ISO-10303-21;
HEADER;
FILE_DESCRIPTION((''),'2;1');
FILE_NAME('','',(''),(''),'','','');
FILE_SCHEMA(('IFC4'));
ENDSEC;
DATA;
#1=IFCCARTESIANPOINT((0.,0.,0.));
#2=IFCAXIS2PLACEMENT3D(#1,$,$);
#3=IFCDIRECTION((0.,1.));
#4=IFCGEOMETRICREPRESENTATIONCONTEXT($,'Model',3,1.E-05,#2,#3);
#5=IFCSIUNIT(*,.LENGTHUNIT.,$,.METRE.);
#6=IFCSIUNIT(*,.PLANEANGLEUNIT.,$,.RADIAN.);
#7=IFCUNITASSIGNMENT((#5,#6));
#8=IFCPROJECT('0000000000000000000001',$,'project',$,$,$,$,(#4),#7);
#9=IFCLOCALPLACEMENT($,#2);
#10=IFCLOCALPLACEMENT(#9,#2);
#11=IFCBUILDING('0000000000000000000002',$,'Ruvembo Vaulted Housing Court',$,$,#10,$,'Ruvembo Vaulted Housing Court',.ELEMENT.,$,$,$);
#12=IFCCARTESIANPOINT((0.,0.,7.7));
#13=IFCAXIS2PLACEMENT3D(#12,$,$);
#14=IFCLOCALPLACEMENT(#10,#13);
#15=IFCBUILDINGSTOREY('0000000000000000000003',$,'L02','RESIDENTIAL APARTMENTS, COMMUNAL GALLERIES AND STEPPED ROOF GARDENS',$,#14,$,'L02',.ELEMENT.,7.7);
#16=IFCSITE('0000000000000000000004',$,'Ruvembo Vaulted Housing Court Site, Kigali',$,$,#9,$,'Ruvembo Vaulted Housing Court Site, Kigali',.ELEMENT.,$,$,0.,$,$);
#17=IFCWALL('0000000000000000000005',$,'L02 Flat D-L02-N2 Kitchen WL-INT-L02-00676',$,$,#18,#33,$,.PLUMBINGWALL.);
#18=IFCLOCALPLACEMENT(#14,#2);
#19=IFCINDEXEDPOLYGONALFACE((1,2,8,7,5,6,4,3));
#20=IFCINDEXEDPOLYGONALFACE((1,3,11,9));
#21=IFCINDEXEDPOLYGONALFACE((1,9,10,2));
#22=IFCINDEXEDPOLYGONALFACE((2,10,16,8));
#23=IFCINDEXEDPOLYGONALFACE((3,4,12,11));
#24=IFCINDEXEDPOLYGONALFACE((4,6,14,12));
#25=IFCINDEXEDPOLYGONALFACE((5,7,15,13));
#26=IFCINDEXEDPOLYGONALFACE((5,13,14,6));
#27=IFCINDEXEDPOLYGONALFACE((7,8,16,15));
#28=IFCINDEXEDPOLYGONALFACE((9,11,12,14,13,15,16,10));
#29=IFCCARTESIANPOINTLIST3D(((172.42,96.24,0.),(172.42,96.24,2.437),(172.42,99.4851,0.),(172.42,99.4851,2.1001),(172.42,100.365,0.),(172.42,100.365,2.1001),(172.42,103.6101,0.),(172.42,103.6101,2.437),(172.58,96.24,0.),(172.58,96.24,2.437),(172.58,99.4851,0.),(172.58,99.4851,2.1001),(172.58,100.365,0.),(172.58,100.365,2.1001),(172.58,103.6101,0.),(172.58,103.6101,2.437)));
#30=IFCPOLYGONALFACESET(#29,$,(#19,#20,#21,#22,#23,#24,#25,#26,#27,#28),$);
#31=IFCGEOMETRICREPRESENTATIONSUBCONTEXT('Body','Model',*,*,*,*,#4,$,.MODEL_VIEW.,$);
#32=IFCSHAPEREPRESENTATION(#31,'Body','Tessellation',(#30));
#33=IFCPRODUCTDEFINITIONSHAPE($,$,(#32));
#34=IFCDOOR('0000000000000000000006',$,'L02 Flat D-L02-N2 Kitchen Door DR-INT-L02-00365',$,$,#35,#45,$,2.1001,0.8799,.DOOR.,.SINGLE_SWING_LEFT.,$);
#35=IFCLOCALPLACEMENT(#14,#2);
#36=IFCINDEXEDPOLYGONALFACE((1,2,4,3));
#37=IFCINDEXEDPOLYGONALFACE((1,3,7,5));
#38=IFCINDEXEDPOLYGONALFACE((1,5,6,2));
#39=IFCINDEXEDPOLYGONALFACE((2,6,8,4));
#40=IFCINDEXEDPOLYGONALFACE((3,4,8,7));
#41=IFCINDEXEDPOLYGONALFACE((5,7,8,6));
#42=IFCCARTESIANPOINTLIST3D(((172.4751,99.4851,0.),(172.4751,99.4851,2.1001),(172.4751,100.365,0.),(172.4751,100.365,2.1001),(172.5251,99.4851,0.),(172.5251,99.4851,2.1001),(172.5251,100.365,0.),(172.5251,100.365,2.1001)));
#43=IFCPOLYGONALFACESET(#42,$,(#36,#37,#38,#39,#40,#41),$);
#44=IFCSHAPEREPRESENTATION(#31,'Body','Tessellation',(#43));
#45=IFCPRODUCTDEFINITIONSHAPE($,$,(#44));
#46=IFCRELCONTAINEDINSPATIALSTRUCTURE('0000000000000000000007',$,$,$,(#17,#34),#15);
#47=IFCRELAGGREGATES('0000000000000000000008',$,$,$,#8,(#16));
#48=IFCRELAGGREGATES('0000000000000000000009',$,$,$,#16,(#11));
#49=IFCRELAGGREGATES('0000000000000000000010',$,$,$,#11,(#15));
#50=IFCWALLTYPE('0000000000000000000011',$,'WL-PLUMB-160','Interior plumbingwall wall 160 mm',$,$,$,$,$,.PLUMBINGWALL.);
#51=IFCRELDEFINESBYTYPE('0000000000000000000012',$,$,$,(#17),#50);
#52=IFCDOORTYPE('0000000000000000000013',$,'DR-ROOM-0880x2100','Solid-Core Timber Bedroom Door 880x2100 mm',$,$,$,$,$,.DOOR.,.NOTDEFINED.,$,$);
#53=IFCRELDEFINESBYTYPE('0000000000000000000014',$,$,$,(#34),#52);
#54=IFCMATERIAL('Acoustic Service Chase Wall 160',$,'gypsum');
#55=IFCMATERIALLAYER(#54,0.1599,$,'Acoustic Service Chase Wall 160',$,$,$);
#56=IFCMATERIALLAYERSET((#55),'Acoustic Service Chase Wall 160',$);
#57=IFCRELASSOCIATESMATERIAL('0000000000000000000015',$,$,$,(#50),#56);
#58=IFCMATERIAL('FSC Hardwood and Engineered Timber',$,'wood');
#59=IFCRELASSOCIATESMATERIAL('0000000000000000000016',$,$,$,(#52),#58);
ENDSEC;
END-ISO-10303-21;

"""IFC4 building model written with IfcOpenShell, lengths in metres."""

from ifc_helpers import new_model, si_unit, direction, frame, frame_2d, origin, place, context, subcontext, project, spatial, rectangle, extrude, material, layer, layer_set, type_object, element, fill, save


model = new_model("IFC4")

# Units and contexts
model_context = context("Model", 3, precision=1e-05, world=origin(), true_north=direction((0.0, 1.0)))
body_context = subcontext(model_context, "Body", "Model", "MODEL_VIEW")
ifc_project = project(units=[si_unit("LENGTHUNIT", "METRE"), si_unit("PLANEANGLEUNIT", "RADIAN")], contexts=[model_context])

# Site, building, storey
site_placement = place(None, origin())
site = spatial("IfcSite", under=ifc_project, at=site_placement, Name="Ruvembo Vaulted Housing Court Site, Kigali", LongName="Ruvembo Vaulted Housing Court Site, Kigali", CompositionType="ELEMENT", RefElevation=0.0)
building_placement = place(site_placement, origin())
building = spatial("IfcBuilding", under=site, at=building_placement, Name="Ruvembo Vaulted Housing Court", LongName="Ruvembo Vaulted Housing Court", CompositionType="ELEMENT")
storey_placement = place(building_placement, frame((0.0, 0.0, 7.7)))
storey = spatial("IfcBuildingStorey", under=building, at=storey_placement, Name="L02", Description="RESIDENTIAL APARTMENTS, COMMUNAL GALLERIES AND STEPPED ROOF GARDENS", LongName="L02", CompositionType="ELEMENT", Elevation=7.7)

# Shared definitions
ifc_material_1 = material(Name="FSC Hardwood and Engineered Timber", Category="wood")

# Wall, opening, door
ifc_material_2 = material(Name="Acoustic Service Chase Wall 160", Category="gypsum")
ifc_layer_1 = layer(ifc_material_2, 0.1599, Name="Acoustic Service Chase Wall 160")
ifc_layer_set_1 = layer_set([ifc_layer_1], Name="Acoustic Service Chase Wall 160")
wall_type_1 = type_object("IfcWallType", Name="WL-PLUMB-160", Description="Interior plumbingwall wall 160 mm", PredefinedType="PLUMBINGWALL", material=ifc_layer_set_1)
wall_1_placement = place(storey_placement, frame((172.5, 96.24, 0.0), z_axis=(0.0, 0.0, 1.0), x_axis=(0.0, 1.0, 0.0)))
wall_1 = element("IfcWall", 1, at=wall_1_placement, inside=storey, type_object=wall_type_1, Name="L02 Flat D-L02-N2 Kitchen WL-INT-L02-00676", PredefinedType="PLUMBINGWALL", context=body_context, shape_type="SweptSolid", body=[
    extrude(rectangle(XDim=7.3701, YDim=0.1599, at=frame_2d((3.6851, 0.0))), origin(), (0.0, 0.0, 1.0), 2.437),
])
opening_1_placement = place(wall_1_placement, frame((3.2451, 0.0, 0.0)))
opening_1 = element("IfcOpeningElement", 2, at=opening_1_placement, cuts=wall_1, PredefinedType="OPENING", context=body_context, shape_type="SweptSolid", body=[
    extrude(rectangle(XDim=0.8799, YDim=2.1001, at=frame_2d((0.4399, 1.05))), frame((0.0, 0.0898, 0.0), z_axis=(0.0, -1.0, 0.0), x_axis=(1.0, 0.0, 0.0)), (0.0, 0.0, 1.0), 0.1799),
])
door_type_1 = type_object("IfcDoorType", Name="DR-ROOM-0880x2100", Description="Solid-Core Timber Bedroom Door 880x2100 mm", OperationType="NOTDEFINED", PredefinedType="DOOR", material=ifc_material_1)
door_1_placement = place(opening_1_placement, origin())
door_1 = element("IfcDoor", 3, at=door_1_placement, inside=storey, type_object=door_type_1, Name="L02 Flat D-L02-N2 Kitchen Door DR-INT-L02-00365", OperationType="SINGLE_SWING_LEFT", OverallHeight=2.1001, OverallWidth=0.8799, PredefinedType="DOOR", context=body_context, shape_type="SweptSolid", body=[
    extrude(rectangle(XDim=0.8799, YDim=2.1001, at=frame_2d((0.4399, 1.05))), frame((0.0, 0.0249, 0.0), z_axis=(0.0, -1.0, 0.0), x_axis=(1.0, 0.0, 0.0)), (0.0, 0.0, 1.0), 0.05),
])
fill(opening_1, door_1)

save(model, "model.ifc")
